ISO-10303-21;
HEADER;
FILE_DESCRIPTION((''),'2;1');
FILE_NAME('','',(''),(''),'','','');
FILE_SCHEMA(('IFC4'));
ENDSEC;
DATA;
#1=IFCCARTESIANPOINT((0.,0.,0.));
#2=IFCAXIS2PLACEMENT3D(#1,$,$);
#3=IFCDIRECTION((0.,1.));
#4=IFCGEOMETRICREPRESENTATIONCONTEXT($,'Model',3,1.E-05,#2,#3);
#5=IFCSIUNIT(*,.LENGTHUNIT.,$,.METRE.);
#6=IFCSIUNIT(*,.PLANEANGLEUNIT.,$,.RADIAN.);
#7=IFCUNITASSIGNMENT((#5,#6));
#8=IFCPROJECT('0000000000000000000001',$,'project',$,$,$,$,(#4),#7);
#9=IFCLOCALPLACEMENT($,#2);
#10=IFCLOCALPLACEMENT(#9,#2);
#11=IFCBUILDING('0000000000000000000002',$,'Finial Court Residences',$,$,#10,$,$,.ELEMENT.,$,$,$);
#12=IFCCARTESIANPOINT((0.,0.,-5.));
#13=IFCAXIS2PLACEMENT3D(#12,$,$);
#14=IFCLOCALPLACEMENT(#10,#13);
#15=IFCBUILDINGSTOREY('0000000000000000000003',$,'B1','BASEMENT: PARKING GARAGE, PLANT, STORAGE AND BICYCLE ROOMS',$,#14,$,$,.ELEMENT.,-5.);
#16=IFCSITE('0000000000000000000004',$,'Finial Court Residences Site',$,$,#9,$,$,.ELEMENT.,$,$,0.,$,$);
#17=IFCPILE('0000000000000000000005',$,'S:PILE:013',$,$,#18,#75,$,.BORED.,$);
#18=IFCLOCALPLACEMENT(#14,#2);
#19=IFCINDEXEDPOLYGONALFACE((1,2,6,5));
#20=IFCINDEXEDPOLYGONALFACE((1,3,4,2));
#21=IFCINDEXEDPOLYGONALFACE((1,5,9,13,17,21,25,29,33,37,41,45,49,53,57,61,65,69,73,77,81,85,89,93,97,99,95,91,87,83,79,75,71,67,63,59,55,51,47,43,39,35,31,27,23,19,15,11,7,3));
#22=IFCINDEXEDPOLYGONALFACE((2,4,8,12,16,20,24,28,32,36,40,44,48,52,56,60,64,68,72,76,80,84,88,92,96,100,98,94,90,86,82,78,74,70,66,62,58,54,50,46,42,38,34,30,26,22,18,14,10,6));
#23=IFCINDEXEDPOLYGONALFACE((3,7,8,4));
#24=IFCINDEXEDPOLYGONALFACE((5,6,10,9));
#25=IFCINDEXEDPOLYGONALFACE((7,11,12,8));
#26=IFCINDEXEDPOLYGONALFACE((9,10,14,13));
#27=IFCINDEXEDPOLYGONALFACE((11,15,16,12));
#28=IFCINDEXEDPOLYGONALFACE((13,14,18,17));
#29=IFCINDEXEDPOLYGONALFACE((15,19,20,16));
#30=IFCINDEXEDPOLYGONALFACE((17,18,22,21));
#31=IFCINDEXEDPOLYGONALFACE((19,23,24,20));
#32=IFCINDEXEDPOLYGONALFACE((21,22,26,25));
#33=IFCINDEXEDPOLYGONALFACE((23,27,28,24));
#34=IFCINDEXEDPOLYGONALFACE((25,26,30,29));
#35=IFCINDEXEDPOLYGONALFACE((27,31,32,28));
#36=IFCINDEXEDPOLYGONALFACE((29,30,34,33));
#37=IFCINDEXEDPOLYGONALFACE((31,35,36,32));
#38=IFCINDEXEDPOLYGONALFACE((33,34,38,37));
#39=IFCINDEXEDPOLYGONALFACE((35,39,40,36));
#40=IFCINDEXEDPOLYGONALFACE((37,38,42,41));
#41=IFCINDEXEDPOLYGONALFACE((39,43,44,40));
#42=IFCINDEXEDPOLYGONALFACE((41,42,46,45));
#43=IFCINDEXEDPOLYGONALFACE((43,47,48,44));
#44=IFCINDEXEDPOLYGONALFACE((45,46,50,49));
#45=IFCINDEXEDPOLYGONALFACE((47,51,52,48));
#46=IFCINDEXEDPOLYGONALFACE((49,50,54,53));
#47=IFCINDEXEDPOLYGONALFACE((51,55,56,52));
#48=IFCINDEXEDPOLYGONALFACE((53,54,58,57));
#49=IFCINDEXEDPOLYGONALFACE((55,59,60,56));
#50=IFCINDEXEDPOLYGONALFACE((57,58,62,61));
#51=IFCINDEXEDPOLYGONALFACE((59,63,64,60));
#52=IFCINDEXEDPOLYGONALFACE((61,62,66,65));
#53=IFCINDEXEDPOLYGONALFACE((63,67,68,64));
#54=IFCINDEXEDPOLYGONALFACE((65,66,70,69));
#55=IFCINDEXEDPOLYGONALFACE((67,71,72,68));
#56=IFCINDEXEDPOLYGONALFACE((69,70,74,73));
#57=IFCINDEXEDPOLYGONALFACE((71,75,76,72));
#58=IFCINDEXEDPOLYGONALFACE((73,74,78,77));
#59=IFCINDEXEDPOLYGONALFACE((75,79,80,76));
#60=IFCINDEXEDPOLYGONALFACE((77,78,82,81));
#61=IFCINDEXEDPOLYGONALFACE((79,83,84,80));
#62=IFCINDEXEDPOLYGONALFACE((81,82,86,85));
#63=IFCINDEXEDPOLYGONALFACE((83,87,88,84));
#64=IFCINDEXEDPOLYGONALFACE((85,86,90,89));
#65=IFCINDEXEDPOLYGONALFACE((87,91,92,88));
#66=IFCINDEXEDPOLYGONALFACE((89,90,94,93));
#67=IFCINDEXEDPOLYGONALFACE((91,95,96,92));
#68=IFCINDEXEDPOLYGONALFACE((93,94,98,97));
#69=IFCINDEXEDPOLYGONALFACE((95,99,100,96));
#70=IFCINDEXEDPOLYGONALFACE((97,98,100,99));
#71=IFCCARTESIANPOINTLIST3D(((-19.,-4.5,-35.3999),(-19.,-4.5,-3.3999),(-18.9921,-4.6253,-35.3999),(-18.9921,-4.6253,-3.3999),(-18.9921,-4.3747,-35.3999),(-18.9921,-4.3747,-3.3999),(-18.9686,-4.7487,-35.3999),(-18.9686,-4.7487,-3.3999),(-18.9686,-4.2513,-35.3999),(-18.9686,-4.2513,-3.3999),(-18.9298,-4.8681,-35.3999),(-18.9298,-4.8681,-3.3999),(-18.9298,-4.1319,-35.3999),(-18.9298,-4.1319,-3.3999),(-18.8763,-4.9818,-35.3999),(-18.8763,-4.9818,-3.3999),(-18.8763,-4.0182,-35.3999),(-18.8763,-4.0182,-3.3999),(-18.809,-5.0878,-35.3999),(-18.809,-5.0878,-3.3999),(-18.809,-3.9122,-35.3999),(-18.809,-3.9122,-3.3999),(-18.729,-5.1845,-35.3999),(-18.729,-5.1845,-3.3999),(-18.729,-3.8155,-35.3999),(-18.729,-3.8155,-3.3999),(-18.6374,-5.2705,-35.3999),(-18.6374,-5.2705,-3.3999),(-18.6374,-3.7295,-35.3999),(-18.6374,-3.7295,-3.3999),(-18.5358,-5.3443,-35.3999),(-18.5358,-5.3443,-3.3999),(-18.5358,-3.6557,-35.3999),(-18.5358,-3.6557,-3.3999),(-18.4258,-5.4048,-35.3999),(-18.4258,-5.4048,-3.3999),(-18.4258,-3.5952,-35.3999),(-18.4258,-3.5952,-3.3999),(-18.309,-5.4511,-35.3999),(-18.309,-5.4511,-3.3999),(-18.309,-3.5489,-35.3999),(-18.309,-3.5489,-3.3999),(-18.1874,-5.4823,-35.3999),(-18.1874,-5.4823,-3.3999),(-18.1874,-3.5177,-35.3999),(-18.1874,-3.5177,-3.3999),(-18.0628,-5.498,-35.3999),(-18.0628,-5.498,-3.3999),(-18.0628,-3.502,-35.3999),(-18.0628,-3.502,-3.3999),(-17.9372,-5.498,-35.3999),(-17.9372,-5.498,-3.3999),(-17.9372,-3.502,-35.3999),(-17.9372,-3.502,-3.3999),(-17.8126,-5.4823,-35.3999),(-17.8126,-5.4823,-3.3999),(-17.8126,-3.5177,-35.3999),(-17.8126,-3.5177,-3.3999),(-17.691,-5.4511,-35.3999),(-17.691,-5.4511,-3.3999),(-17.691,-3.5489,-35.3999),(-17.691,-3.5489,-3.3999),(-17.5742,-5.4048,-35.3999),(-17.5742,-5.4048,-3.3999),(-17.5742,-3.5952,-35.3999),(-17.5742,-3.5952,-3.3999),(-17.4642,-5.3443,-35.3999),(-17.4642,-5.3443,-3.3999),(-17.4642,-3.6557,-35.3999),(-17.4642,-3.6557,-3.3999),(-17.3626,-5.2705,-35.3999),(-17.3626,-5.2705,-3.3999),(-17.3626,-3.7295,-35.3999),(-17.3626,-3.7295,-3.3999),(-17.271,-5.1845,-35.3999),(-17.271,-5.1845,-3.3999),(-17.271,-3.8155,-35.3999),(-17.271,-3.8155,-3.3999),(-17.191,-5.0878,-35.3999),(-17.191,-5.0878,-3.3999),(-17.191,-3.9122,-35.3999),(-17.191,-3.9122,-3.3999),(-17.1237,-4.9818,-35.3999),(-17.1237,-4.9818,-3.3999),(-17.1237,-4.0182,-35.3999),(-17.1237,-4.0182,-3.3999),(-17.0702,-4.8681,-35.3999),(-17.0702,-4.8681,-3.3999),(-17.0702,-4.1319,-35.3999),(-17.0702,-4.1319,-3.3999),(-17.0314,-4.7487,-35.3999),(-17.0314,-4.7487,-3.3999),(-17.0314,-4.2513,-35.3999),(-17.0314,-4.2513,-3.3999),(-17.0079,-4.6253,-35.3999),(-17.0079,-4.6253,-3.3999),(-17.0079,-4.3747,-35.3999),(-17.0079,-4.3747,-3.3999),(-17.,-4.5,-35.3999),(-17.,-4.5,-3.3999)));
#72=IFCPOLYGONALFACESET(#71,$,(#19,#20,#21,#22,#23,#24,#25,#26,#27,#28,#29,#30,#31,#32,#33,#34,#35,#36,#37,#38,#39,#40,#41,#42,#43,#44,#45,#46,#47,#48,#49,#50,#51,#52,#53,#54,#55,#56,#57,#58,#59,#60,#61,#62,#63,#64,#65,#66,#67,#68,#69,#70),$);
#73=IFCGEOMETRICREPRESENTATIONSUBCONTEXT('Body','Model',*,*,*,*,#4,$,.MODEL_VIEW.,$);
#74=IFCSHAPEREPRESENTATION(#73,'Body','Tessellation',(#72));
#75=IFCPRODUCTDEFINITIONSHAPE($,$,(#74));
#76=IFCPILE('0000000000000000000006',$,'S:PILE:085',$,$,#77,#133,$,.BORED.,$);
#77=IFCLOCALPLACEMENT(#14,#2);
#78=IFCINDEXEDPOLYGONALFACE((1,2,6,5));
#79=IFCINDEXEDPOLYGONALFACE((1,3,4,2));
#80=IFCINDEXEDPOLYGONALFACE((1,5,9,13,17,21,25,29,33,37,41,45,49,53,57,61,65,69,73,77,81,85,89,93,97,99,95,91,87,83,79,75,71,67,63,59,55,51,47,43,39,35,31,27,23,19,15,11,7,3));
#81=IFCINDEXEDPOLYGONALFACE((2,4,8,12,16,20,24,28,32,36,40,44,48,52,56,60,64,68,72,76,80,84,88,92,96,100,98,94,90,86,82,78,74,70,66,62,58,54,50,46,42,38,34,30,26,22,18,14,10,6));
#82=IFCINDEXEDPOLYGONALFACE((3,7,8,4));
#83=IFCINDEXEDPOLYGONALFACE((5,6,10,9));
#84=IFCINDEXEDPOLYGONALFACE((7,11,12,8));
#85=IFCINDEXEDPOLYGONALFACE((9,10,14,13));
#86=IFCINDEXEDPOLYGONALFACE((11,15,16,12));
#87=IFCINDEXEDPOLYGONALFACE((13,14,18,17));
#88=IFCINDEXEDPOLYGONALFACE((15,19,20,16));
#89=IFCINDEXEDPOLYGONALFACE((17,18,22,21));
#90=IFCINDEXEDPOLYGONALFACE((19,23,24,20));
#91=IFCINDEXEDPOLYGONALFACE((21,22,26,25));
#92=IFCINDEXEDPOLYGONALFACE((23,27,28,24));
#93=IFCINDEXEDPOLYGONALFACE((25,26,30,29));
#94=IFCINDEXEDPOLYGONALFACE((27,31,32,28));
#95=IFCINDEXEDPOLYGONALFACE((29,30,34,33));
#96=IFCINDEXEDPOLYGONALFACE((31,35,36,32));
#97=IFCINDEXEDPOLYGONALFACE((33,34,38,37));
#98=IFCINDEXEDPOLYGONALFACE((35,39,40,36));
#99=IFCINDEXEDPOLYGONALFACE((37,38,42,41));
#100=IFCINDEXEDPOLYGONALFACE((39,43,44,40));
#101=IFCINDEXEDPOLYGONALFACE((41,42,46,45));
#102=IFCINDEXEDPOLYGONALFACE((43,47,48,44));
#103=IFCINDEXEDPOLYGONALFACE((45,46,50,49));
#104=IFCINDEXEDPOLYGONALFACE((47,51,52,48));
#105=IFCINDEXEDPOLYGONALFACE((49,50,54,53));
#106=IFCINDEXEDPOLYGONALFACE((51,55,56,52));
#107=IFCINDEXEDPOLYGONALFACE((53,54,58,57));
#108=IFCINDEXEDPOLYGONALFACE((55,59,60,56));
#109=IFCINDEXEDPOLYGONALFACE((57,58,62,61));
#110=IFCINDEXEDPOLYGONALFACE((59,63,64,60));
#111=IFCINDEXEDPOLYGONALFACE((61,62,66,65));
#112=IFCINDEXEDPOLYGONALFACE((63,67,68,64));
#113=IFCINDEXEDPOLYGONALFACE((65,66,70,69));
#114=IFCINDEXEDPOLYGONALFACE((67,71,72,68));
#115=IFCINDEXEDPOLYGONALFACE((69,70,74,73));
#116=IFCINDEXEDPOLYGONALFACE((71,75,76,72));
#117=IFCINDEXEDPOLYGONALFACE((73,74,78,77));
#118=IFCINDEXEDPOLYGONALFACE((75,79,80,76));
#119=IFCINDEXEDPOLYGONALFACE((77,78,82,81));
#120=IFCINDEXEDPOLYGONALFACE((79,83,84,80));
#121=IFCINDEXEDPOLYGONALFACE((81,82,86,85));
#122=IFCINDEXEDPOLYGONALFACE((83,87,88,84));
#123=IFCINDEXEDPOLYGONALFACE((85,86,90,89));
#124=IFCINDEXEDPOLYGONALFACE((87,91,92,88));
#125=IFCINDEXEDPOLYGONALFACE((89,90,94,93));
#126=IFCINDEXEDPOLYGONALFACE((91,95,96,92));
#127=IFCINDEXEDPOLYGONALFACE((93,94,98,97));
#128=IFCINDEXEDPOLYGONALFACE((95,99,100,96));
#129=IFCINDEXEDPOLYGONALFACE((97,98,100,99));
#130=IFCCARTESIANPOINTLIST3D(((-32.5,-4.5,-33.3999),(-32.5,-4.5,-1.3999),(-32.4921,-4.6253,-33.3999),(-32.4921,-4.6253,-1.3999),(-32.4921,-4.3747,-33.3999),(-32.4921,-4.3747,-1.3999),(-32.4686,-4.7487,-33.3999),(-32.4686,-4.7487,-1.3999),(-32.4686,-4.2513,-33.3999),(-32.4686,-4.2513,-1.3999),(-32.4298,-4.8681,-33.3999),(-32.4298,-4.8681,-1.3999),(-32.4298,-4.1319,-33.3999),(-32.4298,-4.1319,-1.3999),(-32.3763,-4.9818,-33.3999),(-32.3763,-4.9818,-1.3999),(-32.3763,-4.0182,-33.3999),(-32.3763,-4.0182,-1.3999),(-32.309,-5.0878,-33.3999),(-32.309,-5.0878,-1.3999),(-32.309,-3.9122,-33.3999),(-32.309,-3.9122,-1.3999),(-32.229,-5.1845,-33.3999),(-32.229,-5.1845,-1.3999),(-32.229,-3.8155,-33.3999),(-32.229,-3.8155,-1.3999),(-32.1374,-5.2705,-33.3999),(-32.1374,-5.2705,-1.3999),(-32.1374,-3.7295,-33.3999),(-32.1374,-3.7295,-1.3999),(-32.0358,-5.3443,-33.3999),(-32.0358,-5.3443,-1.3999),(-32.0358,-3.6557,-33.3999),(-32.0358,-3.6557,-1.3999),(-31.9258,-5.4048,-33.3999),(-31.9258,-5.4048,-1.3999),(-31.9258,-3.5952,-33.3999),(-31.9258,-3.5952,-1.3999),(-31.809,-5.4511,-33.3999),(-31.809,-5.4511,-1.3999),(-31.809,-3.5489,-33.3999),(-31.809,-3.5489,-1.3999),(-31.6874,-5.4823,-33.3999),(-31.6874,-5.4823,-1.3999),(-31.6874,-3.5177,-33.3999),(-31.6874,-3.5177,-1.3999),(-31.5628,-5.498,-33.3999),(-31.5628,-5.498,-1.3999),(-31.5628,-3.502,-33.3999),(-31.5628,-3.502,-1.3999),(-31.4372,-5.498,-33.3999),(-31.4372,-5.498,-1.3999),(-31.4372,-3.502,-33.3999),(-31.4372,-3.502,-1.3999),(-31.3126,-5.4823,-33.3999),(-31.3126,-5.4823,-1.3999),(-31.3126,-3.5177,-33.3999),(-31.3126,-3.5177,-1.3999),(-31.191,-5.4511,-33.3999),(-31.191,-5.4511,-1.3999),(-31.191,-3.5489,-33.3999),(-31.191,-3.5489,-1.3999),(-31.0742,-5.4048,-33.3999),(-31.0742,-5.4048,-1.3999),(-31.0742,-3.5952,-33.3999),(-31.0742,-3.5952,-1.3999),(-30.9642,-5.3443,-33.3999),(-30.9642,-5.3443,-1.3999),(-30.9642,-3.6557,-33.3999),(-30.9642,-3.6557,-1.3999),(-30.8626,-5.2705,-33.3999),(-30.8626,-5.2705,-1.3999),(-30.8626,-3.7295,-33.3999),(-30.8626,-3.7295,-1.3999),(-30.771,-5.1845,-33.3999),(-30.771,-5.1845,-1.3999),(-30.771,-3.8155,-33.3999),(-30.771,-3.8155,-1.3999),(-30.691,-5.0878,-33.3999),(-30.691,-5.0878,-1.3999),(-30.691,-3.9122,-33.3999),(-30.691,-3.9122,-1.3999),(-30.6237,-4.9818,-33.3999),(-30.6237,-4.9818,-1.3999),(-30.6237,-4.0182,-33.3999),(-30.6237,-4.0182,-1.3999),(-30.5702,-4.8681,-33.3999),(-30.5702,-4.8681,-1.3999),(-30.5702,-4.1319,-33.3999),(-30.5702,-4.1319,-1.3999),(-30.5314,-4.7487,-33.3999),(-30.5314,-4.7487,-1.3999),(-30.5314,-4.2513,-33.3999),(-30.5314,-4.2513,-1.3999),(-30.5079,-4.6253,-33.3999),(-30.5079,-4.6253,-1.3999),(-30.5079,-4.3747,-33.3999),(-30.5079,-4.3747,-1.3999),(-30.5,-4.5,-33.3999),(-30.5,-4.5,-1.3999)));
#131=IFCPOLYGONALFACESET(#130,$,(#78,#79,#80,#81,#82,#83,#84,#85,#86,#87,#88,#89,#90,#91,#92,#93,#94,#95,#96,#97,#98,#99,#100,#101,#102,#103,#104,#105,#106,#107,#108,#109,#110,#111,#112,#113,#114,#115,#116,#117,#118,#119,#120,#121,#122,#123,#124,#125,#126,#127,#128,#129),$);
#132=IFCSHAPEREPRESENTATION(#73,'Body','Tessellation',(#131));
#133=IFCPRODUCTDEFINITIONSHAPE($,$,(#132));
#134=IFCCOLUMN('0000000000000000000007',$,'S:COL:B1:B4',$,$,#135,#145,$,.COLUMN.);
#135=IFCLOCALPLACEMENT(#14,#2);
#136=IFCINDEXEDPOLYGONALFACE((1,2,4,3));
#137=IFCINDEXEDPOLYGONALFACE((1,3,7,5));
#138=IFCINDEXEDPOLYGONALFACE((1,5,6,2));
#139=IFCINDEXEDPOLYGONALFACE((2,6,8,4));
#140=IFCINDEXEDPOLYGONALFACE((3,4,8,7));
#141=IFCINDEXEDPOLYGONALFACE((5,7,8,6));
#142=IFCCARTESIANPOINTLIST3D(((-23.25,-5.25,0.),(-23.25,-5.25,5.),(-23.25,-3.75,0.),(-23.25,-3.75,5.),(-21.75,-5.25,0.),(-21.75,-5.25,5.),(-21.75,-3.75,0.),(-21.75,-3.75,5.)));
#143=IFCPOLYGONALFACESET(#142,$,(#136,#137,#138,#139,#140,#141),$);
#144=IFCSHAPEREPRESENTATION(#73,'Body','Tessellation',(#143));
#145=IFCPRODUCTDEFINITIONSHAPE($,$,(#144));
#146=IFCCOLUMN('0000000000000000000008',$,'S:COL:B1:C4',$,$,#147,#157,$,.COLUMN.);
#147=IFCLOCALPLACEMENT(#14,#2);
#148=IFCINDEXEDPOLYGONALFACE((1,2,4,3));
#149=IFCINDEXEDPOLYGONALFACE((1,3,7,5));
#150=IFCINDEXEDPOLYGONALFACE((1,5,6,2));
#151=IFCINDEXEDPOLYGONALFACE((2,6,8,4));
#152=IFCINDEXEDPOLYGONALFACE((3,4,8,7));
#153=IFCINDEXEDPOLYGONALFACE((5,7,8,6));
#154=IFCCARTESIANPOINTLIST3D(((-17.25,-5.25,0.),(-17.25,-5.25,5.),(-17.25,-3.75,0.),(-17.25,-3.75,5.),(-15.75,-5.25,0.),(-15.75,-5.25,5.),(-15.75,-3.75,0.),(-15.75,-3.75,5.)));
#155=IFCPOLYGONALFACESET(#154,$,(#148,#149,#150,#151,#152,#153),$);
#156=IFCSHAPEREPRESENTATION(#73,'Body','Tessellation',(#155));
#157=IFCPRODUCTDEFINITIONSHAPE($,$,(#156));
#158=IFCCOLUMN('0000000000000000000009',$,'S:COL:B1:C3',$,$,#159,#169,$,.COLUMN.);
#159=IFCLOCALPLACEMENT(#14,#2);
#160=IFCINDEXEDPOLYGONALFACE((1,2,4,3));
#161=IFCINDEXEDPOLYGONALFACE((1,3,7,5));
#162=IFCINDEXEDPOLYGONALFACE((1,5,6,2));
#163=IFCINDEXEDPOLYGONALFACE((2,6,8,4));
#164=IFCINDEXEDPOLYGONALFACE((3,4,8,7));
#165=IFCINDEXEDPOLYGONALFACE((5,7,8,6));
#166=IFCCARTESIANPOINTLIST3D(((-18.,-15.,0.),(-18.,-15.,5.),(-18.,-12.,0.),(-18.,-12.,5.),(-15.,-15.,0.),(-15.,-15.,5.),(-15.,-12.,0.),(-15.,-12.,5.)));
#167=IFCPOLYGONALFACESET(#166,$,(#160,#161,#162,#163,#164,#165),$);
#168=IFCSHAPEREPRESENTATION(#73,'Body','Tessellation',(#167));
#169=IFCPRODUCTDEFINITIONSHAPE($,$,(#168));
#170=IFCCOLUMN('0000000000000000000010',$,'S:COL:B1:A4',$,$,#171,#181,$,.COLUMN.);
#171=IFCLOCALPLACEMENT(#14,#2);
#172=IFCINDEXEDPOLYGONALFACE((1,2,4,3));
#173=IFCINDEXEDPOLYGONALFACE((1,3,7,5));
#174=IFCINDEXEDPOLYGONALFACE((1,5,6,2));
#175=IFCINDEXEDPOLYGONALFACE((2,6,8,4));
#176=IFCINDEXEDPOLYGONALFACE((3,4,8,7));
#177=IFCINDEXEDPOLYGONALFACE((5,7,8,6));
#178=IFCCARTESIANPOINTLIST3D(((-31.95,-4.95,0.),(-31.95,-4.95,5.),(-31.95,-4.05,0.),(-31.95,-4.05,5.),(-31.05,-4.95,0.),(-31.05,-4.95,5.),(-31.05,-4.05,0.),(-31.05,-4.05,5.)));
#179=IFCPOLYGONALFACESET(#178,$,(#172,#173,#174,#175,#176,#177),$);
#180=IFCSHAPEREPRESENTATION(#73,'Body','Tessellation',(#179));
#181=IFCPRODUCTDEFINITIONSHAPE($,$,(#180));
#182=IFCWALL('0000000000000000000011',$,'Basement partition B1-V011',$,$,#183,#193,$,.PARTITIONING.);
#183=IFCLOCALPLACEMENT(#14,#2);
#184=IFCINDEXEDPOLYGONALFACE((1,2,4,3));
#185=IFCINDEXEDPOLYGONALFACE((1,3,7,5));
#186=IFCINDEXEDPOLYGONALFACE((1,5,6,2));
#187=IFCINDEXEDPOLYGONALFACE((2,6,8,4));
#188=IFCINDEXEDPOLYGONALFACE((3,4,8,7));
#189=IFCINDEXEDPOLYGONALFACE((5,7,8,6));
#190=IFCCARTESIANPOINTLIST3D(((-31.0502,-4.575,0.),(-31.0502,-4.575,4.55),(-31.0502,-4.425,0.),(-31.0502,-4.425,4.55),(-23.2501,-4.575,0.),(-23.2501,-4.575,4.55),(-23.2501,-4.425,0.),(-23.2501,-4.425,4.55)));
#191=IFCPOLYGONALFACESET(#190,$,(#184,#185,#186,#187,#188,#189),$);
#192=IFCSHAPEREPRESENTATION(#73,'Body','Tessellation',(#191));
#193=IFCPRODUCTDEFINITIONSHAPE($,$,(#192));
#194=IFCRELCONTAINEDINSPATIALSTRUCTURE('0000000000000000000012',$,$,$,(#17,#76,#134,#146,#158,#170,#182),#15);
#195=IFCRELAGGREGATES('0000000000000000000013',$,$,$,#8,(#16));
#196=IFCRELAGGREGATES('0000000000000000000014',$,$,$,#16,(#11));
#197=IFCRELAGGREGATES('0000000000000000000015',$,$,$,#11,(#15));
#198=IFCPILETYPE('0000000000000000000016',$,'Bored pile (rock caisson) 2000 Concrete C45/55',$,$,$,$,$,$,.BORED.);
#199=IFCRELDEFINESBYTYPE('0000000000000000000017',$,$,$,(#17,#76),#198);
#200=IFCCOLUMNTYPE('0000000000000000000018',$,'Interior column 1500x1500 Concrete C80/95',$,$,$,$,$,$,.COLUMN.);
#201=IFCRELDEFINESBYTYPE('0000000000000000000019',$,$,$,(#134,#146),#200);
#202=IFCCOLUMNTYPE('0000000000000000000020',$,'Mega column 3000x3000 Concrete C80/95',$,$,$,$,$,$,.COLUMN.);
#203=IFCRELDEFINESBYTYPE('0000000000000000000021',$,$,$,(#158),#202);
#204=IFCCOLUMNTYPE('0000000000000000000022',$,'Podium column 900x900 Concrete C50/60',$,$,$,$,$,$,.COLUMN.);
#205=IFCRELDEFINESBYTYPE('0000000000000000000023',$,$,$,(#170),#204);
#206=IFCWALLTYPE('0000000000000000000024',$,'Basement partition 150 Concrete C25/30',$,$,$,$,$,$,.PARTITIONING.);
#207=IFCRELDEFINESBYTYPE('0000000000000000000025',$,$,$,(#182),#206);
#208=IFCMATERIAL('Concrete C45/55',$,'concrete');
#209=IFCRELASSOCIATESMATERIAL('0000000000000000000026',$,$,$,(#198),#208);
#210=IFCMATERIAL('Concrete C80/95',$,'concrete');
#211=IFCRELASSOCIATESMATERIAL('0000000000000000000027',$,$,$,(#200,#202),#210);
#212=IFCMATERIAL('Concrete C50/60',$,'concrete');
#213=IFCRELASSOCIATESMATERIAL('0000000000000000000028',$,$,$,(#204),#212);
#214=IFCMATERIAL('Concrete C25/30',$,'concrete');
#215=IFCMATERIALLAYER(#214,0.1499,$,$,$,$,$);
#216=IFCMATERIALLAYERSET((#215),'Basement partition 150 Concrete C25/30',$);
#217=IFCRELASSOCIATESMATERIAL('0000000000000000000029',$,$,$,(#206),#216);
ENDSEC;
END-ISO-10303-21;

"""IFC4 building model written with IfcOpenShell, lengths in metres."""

from ifc_helpers import new_model, si_unit, direction, frame, frame_2d, origin, origin_2d, place, context, subcontext, project, spatial, rectangle, circle, extrude, material, layer, layer_set, material_profile, profile_set, type_object, element, save


model = new_model("IFC4")

# Units and contexts
model_context = context("Model", 3, precision=1e-05, world=origin(), true_north=direction((0.0, 1.0)))
body_context = subcontext(model_context, "Body", "Model", "MODEL_VIEW")
ifc_project = project(units=[si_unit("LENGTHUNIT", "METRE"), si_unit("PLANEANGLEUNIT", "RADIAN")], contexts=[model_context])

# Site, building, storey
site_placement = place(None, origin())
site = spatial("IfcSite", under=ifc_project, at=site_placement, Name="Finial Court Residences Site", CompositionType="ELEMENT", RefElevation=0.0)
building_placement = place(site_placement, origin())
building = spatial("IfcBuilding", under=site, at=building_placement, Name="Finial Court Residences", CompositionType="ELEMENT")
storey_placement = place(building_placement, frame((0.0, 0.0, -5.0)))
storey = spatial("IfcBuildingStorey", under=building, at=storey_placement, Name="B1", Description="BASEMENT: PARKING GARAGE, PLANT, STORAGE AND BICYCLE ROOMS", CompositionType="ELEMENT", Elevation=-5.0)

# Piles
ifc_material_1 = material(Name="Concrete C45/55", Category="concrete")
ifc_material_profile_1 = material_profile(ifc_material_1, circle(Radius=1.0, at=origin_2d()), Name="D2000")
ifc_profile_set_1 = profile_set([ifc_material_profile_1], Name="Concrete C45/55")
pile_type = type_object("IfcPileType", Name="Bored pile (rock caisson) 2000 Concrete C45/55", PredefinedType="BORED", material=ifc_profile_set_1)
for number, where, z_axis, x_axis, name in (
    (1, (-18.0, -4.5, -3.3999), (0.0, 0.0, -1.0), (1.0, 0.0, 0.0), "S:PILE:013"),
    (2, (-31.5, -4.5, -1.3999), (0.0, 0.0, -1.0), (1.0, 0.0, 0.0), "S:PILE:085"),
):
    element("IfcPile", number, at=place(storey_placement, frame(where, z_axis=z_axis, x_axis=x_axis)), inside=storey, type_object=pile_type, Name=name, PredefinedType="BORED", context=body_context, shape_type="SweptSolid", body=[
        extrude(circle(Radius=1.0, at=origin_2d()), origin(), (0.0, 0.0, 1.0), 32.0),
    ])

# Columns
ifc_material_2 = material(Name="Concrete C80/95", Category="concrete")
ifc_material_profile_2 = material_profile(ifc_material_2, rectangle(XDim=1.5, YDim=1.5, at=origin_2d()), Name="1500x1500")
ifc_profile_set_2 = profile_set([ifc_material_profile_2], Name="Concrete C80/95")
column_type_1 = type_object("IfcColumnType", Name="Interior column 1500x1500 Concrete C80/95", PredefinedType="COLUMN", material=ifc_profile_set_2)
for number, where, z_axis, x_axis, name in (
    (3, (-22.5, -4.5, 0.0), (0.0, 0.0, 1.0), (1.0, 0.0, 0.0), "S:COL:B1:B4"),
    (4, (-16.5, -4.5, 0.0), (0.0, 0.0, 1.0), (1.0, 0.0, 0.0), "S:COL:B1:C4"),
):
    element("IfcColumn", number, at=place(storey_placement, frame(where, z_axis=z_axis, x_axis=x_axis)), inside=storey, type_object=column_type_1, Name=name, PredefinedType="COLUMN", context=body_context, shape_type="SweptSolid", body=[
        extrude(rectangle(XDim=1.5, YDim=1.5, at=origin_2d()), origin(), (0.0, 0.0, 1.0), 5.0),
    ])
ifc_material_profile_3 = material_profile(ifc_material_2, rectangle(XDim=3.0, YDim=3.0, at=origin_2d()), Name="3000x3000")
ifc_profile_set_3 = profile_set([ifc_material_profile_3], Name="Concrete C80/95")
column_type_2 = type_object("IfcColumnType", Name="Mega column 3000x3000 Concrete C80/95", PredefinedType="COLUMN", material=ifc_profile_set_3)
column_1_placement = place(storey_placement, frame((-16.5, -13.5, 0.0), z_axis=(0.0, 0.0, 1.0), x_axis=(1.0, 0.0, 0.0)))
element("IfcColumn", 5, at=column_1_placement, inside=storey, type_object=column_type_2, Name="S:COL:B1:C3", PredefinedType="COLUMN", context=body_context, shape_type="SweptSolid", body=[
    extrude(rectangle(XDim=3.0, YDim=3.0, at=origin_2d()), origin(), (0.0, 0.0, 1.0), 5.0),
])
ifc_material_3 = material(Name="Concrete C50/60", Category="concrete")
ifc_material_profile_4 = material_profile(ifc_material_3, rectangle(XDim=0.8999, YDim=0.8999, at=origin_2d()), Name="900x900")
ifc_profile_set_4 = profile_set([ifc_material_profile_4], Name="Concrete C50/60")
column_type_3 = type_object("IfcColumnType", Name="Podium column 900x900 Concrete C50/60", PredefinedType="COLUMN", material=ifc_profile_set_4)
column_2_placement = place(storey_placement, frame((-31.5, -4.5, 0.0), z_axis=(0.0, 0.0, 1.0), x_axis=(1.0, 0.0, 0.0)))
element("IfcColumn", 6, at=column_2_placement, inside=storey, type_object=column_type_3, Name="S:COL:B1:A4", PredefinedType="COLUMN", context=body_context, shape_type="SweptSolid", body=[
    extrude(rectangle(XDim=0.8999, YDim=0.8999, at=origin_2d()), origin(), (0.0, 0.0, 1.0), 5.0),
])

# Wall
ifc_material_4 = material(Name="Concrete C25/30", Category="concrete")
ifc_layer_1 = layer(ifc_material_4, 0.1499)
ifc_layer_set_1 = layer_set([ifc_layer_1], Name="Basement partition 150 Concrete C25/30")
wall_type_1 = type_object("IfcWallType", Name="Basement partition 150 Concrete C25/30", PredefinedType="PARTITIONING", material=ifc_layer_set_1)
wall_1_placement = place(storey_placement, frame((-31.05, -4.5, 0.0), z_axis=(0.0, 0.0, 1.0), x_axis=(1.0, 0.0, 0.0)))
element("IfcWall", 7, at=wall_1_placement, inside=storey, type_object=wall_type_1, Name="Basement partition B1-V011", PredefinedType="PARTITIONING", context=body_context, shape_type="SweptSolid", body=[
    extrude(rectangle(XDim=7.8, YDim=0.1499, at=frame_2d((3.8999, 0.0))), origin(), (0.0, 0.0, 1.0), 4.55),
])

save(model, "model.ifc")
